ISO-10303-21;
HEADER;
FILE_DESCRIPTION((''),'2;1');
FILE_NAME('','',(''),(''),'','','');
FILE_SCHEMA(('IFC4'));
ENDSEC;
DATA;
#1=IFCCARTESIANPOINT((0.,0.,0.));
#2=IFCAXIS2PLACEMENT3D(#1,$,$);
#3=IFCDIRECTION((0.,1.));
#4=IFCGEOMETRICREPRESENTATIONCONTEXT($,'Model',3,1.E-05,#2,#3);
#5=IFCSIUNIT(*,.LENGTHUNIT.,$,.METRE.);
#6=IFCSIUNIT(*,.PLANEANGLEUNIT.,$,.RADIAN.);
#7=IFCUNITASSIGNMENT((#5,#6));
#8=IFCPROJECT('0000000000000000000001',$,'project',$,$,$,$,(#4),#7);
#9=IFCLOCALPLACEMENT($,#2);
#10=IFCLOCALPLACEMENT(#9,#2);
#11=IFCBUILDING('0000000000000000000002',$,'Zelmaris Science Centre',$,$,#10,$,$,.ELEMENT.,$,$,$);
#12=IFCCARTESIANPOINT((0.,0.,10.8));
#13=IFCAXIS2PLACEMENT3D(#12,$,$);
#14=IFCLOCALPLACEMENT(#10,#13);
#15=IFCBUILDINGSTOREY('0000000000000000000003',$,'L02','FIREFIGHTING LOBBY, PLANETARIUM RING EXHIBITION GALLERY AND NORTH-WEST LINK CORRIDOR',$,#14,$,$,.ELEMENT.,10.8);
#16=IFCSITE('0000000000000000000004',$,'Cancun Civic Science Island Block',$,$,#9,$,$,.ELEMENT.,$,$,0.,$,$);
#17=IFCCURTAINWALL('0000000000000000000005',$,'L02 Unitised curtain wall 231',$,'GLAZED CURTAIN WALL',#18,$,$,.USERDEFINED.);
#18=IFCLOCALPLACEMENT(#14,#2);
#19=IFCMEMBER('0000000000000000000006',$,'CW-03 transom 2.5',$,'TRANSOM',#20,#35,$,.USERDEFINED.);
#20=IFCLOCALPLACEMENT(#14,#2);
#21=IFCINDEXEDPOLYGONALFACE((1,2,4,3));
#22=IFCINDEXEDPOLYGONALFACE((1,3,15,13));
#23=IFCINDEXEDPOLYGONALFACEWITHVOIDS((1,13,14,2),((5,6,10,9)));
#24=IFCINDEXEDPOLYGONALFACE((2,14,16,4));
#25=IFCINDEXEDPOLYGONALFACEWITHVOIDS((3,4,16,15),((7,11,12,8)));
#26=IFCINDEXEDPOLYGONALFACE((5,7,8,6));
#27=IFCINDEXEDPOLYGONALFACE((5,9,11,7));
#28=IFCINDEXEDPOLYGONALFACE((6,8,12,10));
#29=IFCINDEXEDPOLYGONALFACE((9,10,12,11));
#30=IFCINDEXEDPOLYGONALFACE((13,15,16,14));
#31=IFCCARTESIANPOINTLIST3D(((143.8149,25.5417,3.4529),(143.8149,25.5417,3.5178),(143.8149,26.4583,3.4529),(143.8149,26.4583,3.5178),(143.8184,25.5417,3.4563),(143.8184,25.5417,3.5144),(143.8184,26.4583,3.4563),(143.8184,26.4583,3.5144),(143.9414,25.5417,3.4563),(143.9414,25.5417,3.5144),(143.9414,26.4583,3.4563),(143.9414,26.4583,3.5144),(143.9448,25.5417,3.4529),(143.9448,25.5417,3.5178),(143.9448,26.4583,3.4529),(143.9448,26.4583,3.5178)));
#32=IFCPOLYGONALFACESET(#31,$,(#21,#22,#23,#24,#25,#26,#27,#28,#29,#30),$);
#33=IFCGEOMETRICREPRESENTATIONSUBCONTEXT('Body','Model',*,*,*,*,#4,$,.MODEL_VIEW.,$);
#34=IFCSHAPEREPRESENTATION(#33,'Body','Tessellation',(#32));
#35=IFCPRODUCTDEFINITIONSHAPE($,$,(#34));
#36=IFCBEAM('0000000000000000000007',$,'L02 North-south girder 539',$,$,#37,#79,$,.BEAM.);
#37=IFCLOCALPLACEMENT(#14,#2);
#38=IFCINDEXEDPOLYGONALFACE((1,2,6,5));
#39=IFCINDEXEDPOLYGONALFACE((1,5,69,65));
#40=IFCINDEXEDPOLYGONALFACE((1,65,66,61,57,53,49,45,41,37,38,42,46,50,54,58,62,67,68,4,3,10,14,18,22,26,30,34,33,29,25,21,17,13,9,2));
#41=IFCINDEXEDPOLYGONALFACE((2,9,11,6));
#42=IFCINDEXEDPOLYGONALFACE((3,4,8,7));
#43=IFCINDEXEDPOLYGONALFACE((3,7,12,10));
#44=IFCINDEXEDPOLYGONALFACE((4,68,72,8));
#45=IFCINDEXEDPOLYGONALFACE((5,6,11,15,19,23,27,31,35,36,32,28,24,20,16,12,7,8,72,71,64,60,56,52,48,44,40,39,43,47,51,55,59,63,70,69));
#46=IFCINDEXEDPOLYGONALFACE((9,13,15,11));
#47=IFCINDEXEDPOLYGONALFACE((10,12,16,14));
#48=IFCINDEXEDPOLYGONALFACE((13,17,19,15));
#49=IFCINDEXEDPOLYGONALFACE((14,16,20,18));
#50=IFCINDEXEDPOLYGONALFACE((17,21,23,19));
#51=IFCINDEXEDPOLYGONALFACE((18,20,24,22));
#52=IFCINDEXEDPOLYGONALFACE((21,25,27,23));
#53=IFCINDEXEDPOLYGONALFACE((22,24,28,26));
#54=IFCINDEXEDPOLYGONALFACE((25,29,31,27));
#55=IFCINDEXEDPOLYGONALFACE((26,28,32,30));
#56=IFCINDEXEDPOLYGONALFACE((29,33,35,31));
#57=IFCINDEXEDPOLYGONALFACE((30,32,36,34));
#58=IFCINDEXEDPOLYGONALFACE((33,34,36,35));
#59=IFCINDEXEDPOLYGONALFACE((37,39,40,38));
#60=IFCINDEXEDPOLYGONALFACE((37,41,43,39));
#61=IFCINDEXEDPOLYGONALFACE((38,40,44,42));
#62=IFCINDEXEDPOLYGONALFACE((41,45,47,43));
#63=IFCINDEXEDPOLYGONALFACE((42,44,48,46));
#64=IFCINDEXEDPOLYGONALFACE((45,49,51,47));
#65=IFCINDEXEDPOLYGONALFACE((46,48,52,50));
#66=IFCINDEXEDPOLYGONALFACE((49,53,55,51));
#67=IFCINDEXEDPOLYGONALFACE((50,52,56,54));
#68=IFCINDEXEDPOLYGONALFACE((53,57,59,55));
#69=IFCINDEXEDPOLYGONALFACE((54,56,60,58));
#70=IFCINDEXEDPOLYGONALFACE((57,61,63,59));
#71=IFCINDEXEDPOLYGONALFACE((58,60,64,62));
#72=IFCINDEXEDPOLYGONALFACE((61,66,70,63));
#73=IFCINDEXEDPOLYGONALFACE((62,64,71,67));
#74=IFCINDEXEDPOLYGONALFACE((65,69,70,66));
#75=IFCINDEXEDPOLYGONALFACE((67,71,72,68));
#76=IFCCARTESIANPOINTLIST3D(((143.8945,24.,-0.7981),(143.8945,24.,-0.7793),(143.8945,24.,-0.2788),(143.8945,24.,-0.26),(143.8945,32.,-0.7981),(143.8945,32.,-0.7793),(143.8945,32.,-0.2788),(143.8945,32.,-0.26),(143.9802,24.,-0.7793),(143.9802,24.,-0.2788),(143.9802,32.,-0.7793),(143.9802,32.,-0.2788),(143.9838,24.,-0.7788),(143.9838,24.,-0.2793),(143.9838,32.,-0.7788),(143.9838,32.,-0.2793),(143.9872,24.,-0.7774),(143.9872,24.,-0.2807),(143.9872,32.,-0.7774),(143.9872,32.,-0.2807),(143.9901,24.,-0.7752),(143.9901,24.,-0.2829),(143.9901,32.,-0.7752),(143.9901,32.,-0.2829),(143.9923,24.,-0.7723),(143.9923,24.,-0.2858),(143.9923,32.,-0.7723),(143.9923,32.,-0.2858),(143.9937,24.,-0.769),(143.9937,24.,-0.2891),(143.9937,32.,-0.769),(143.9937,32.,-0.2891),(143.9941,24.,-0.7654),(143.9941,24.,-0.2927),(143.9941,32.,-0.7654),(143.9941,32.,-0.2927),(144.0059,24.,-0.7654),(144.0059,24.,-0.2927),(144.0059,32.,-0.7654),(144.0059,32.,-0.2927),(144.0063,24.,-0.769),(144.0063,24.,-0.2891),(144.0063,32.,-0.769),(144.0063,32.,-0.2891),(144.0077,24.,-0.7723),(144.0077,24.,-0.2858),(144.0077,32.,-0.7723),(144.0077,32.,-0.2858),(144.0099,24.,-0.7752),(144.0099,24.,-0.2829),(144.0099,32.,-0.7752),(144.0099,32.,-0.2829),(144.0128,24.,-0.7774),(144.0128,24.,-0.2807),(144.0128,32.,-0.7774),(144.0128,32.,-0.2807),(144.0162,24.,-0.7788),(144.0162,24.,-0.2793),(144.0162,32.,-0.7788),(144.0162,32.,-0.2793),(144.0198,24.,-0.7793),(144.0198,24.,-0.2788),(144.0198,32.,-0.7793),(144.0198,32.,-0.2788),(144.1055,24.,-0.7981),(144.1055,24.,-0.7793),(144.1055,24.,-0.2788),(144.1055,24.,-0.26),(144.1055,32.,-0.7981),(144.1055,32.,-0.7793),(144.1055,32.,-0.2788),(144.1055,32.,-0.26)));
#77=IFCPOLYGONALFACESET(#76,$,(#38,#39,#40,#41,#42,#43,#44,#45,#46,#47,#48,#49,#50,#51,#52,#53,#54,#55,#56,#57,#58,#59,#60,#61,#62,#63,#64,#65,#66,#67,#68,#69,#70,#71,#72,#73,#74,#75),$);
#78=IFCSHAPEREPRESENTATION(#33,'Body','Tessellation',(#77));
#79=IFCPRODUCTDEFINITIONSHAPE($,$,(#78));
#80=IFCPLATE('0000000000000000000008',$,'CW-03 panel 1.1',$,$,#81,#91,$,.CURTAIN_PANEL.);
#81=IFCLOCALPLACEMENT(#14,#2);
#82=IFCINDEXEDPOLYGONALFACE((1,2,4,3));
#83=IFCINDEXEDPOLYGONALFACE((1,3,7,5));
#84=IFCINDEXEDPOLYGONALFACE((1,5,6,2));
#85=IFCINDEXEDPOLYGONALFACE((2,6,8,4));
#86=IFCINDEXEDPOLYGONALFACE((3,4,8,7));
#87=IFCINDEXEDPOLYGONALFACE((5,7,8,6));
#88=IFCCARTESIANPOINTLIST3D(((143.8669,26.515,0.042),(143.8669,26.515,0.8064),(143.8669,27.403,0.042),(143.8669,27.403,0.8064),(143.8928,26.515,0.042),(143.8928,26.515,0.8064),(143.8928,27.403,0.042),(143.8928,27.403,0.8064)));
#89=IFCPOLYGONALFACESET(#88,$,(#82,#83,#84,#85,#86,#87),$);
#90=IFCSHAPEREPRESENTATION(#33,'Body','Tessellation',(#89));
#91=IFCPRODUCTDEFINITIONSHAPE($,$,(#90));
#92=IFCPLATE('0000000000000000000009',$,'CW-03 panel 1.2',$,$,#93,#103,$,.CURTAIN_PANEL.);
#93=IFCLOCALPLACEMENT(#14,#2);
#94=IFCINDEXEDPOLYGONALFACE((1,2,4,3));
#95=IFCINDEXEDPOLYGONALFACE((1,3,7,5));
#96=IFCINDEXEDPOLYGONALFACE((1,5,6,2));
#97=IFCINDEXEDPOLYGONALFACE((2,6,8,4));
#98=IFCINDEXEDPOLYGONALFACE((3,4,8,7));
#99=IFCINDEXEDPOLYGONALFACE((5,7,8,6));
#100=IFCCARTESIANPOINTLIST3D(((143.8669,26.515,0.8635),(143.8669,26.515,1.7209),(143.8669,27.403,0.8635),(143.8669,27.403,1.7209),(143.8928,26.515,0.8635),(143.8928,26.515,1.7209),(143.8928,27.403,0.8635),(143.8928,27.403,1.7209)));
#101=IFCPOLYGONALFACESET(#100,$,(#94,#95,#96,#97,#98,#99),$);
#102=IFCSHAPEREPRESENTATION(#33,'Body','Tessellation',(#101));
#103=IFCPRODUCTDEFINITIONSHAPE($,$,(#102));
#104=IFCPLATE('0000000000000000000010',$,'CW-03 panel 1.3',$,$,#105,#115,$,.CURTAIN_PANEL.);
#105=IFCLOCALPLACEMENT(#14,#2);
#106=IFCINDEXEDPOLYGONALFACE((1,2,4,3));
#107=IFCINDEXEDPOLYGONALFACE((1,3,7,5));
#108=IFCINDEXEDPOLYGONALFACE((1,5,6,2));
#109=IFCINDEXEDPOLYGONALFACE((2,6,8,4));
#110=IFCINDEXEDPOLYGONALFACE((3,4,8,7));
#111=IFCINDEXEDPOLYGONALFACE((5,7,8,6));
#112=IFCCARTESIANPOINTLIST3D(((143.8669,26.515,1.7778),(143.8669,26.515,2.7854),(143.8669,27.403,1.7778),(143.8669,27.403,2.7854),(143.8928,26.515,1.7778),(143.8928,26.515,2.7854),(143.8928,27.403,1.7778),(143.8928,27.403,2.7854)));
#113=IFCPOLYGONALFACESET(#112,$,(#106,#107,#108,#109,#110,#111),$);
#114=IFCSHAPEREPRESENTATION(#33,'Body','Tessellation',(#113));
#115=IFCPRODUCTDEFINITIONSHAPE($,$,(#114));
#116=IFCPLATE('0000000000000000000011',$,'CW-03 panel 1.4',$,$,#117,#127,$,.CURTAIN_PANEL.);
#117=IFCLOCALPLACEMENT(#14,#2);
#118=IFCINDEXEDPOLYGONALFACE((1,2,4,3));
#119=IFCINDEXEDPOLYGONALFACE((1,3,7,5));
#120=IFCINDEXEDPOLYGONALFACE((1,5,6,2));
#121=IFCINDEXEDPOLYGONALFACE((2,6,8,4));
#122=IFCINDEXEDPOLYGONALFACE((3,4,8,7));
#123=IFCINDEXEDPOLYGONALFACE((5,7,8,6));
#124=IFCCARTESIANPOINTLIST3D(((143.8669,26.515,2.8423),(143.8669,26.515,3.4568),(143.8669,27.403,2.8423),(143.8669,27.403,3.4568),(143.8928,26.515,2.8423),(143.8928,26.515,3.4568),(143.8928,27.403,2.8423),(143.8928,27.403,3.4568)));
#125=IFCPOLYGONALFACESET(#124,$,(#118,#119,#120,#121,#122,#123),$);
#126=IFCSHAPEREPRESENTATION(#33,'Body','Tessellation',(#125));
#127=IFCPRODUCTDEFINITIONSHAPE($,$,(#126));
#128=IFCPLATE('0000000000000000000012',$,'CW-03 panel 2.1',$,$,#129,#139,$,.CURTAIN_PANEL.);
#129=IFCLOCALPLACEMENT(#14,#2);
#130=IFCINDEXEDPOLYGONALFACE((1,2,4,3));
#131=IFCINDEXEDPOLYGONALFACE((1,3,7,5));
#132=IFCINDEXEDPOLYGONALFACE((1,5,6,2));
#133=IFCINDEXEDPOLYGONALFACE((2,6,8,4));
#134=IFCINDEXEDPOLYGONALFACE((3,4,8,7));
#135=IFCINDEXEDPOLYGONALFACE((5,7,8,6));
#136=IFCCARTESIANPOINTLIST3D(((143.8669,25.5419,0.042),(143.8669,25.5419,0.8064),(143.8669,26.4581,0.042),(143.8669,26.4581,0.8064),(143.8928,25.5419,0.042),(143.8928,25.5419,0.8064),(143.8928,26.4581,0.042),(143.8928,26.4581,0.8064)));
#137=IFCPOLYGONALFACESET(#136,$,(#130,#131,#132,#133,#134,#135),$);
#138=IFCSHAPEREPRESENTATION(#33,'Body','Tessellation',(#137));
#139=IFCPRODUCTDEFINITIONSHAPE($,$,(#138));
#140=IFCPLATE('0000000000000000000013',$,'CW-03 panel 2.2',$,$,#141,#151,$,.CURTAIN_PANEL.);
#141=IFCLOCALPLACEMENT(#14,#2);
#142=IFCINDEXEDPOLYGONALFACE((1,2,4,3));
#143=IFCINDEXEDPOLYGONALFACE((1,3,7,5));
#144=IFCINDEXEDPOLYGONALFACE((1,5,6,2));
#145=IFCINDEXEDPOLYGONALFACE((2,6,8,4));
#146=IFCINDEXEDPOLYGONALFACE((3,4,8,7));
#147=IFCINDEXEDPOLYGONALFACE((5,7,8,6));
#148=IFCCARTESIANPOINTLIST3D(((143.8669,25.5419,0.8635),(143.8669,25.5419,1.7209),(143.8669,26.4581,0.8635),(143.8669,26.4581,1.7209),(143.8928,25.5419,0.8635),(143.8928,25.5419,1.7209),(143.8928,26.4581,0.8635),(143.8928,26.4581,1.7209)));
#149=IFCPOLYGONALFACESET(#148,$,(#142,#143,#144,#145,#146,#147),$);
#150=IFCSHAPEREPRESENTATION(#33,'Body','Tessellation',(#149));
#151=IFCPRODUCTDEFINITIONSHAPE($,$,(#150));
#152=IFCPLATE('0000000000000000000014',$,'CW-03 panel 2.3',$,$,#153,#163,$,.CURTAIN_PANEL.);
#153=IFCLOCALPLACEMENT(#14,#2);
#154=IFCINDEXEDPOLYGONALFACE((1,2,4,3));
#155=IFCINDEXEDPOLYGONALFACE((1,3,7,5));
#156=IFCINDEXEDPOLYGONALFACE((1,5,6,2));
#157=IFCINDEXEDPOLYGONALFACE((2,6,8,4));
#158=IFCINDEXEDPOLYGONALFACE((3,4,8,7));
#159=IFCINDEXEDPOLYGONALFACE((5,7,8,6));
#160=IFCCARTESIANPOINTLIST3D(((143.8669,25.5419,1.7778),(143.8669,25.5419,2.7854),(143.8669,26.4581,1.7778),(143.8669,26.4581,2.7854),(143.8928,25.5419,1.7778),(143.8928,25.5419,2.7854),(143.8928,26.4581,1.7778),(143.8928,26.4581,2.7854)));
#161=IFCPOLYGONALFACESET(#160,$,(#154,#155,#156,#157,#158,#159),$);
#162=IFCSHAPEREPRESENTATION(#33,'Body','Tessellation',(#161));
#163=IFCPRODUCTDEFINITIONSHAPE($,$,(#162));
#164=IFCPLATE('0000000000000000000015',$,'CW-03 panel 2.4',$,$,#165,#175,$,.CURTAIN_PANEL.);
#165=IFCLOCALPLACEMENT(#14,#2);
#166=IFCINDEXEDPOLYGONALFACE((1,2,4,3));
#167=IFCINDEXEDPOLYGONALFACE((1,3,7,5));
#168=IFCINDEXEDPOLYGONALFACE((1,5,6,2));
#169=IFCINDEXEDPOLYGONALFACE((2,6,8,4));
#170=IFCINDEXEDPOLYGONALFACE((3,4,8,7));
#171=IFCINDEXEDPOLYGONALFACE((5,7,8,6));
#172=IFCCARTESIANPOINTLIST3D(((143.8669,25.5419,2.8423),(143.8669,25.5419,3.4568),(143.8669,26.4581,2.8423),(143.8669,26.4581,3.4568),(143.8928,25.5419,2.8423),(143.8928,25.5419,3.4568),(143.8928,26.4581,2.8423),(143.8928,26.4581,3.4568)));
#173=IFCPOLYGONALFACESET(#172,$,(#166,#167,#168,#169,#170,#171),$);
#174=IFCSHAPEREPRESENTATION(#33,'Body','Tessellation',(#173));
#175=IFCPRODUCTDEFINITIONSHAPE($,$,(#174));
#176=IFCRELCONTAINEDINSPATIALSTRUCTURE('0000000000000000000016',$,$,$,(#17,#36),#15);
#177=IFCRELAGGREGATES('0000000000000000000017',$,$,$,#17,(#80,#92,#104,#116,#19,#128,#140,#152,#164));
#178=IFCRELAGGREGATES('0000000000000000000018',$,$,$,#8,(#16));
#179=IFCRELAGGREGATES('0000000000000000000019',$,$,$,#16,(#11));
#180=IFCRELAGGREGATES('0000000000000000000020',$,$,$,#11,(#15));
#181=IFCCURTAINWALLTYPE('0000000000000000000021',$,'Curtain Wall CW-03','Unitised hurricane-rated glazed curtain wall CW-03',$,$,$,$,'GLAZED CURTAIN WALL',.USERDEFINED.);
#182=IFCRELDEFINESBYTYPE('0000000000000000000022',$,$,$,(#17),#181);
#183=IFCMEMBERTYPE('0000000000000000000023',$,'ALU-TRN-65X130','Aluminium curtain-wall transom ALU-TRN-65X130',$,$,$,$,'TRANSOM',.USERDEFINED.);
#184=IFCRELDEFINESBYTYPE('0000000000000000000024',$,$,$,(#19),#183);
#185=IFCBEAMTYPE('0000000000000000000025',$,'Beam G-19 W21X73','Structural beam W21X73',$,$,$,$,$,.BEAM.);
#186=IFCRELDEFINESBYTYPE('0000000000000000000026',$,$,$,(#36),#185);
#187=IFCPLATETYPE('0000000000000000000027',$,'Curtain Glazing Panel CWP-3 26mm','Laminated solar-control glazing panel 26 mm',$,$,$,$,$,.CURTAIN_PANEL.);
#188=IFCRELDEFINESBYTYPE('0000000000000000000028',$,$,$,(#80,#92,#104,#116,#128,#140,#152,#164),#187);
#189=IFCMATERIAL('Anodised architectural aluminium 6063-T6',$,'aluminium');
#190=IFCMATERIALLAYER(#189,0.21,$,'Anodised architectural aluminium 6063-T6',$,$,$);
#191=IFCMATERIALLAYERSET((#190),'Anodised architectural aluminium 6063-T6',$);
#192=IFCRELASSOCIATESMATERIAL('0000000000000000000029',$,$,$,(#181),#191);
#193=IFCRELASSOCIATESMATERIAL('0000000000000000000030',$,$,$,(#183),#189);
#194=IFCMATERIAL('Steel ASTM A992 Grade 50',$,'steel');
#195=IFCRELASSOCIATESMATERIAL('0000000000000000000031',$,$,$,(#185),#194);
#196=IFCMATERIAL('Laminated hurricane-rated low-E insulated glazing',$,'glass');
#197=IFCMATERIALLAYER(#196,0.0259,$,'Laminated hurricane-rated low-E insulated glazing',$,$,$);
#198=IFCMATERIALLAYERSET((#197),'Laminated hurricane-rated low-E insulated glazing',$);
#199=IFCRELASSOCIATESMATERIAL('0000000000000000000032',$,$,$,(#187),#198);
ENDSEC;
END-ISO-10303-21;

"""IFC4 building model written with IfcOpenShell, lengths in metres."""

from ifc_helpers import new_model, si_unit, direction, frame, origin, origin_2d, place, context, subcontext, project, spatial, rectangle, hollow_rectangle, i_section, extrude, material, layer, layer_set, material_profile, profile_set, type_object, element, aggregate, save


model = new_model("IFC4")

# Units and contexts
model_context = context("Model", 3, precision=1e-05, world=origin(), true_north=direction((0.0, 1.0)))
body_context = subcontext(model_context, "Body", "Model", "MODEL_VIEW")
ifc_project = project(units=[si_unit("LENGTHUNIT", "METRE"), si_unit("PLANEANGLEUNIT", "RADIAN")], contexts=[model_context])

# Site, building, storey
site_placement = place(None, origin())
site = spatial("IfcSite", under=ifc_project, at=site_placement, Name="Cancun Civic Science Island Block", CompositionType="ELEMENT", RefElevation=0.0)
building_placement = place(site_placement, origin())
building = spatial("IfcBuilding", under=site, at=building_placement, Name="Zelmaris Science Centre", CompositionType="ELEMENT")
storey_placement = place(building_placement, frame((0.0, 0.0, 10.8)))
storey = spatial("IfcBuildingStorey", under=building, at=storey_placement, Name="L02", Description="FIREFIGHTING LOBBY, PLANETARIUM RING EXHIBITION GALLERY AND NORTH-WEST LINK CORRIDOR", CompositionType="ELEMENT", Elevation=10.8)

# Shared definitions
ifc_material_1 = material(Name="Steel ASTM A992 Grade 50", Category="steel")

# Curtain wall, member
ifc_material_2 = material(Name="Anodised architectural aluminium 6063-T6", Category="aluminium")
ifc_layer_1 = layer(ifc_material_2, 0.21, Name="Anodised architectural aluminium 6063-T6")
ifc_layer_set_1 = layer_set([ifc_layer_1], Name="Anodised architectural aluminium 6063-T6")
curtain_wall_type = type_object("IfcCurtainWallType", Name="Curtain Wall CW-03", Description="Unitised hurricane-rated glazed curtain wall CW-03", ElementType="GLAZED CURTAIN WALL", PredefinedType="USERDEFINED", material=ifc_layer_set_1)
curtain_wall_placement = place(storey_placement, origin())
curtain_wall = element("IfcCurtainWall", 1, at=curtain_wall_placement, inside=storey, type_object=curtain_wall_type, Name="L02 Unitised curtain wall 231", ObjectType="GLAZED CURTAIN WALL", PredefinedType="USERDEFINED")
ifc_material_profile_1 = material_profile(ifc_material_2, hollow_rectangle(XDim=0.0649, YDim=0.1299, WallThickness=0.0034, at=origin_2d()), Name="ALU-TRN-65X130")
ifc_profile_set_1 = profile_set([ifc_material_profile_1], Name="Anodised architectural aluminium 6063-T6")
member_type_1 = type_object("IfcMemberType", Name="ALU-TRN-65X130", Description="Aluminium curtain-wall transom ALU-TRN-65X130", ElementType="TRANSOM", PredefinedType="USERDEFINED", material=ifc_profile_set_1)
member_1_placement = place(storey_placement, frame((143.8799, 26.4583, 3.4854), z_axis=(0.0, -1.0, 0.0), x_axis=(0.0, 0.0, 1.0)))
member_1 = element("IfcMember", 2, at=member_1_placement, type_object=member_type_1, Name="CW-03 transom 2.5", ObjectType="TRANSOM", PredefinedType="USERDEFINED", context=body_context, shape_type="SweptSolid", body=[
    extrude(hollow_rectangle(XDim=0.0649, YDim=0.1299, WallThickness=0.0034, at=origin_2d()), origin(), (0.0, 0.0, 1.0), 0.9165),
])

# Beam
ifc_material_profile_2 = material_profile(ifc_material_1, i_section(OverallWidth=0.2109, OverallDepth=0.5381, WebThickness=0.0117, FlangeThickness=0.0188, FilletRadius=0.0139, at=origin_2d()), Name="W21X73")
ifc_profile_set_2 = profile_set([ifc_material_profile_2], Name="Steel ASTM A992 Grade 50")
beam_type = type_object("IfcBeamType", Name="Beam G-19 W21X73", Description="Structural beam W21X73", PredefinedType="BEAM", material=ifc_profile_set_2)
beam_placement = place(storey_placement, frame((144.0, 24.0, -0.5291), z_axis=(0.0, 1.0, 0.0), x_axis=(-1.0, 0.0, 0.0)))
element("IfcBeam", 3, at=beam_placement, inside=storey, type_object=beam_type, Name="L02 North-south girder 539", PredefinedType="BEAM", context=body_context, shape_type="SweptSolid", body=[
    extrude(i_section(OverallWidth=0.2109, OverallDepth=0.5381, WebThickness=0.0117, FlangeThickness=0.0188, FilletRadius=0.0139, at=origin_2d()), origin(), (0.0, 0.0, 1.0), 8.0),
])

# Plates
ifc_material_3 = material(Name="Laminated hurricane-rated low-E insulated glazing", Category="glass")
ifc_layer_2 = layer(ifc_material_3, 0.0259, Name="Laminated hurricane-rated low-E insulated glazing")
ifc_layer_set_2 = layer_set([ifc_layer_2], Name="Laminated hurricane-rated low-E insulated glazing")
plate_type = type_object("IfcPlateType", Name="Curtain Glazing Panel CWP-3 26mm", Description="Laminated solar-control glazing panel 26 mm", PredefinedType="CURTAIN_PANEL", material=ifc_layer_set_2)
plate_1_placement = place(storey_placement, frame((143.8799, 26.959, 0.042), z_axis=(0.0, 0.0, 1.0), x_axis=(0.0, -1.0, 0.0)))
plate_1 = element("IfcPlate", 4, at=plate_1_placement, type_object=plate_type, Name="CW-03 panel 1.1", PredefinedType="CURTAIN_PANEL", context=body_context, shape_type="SweptSolid", body=[
    extrude(rectangle(XDim=0.8879, YDim=0.0259, at=origin_2d()), origin(), (0.0, 0.0, 1.0), 0.7644),
])
plate_2_placement = place(storey_placement, frame((143.8799, 26.959, 0.8635), z_axis=(0.0, 0.0, 1.0), x_axis=(0.0, -1.0, 0.0)))
plate_2 = element("IfcPlate", 5, at=plate_2_placement, type_object=plate_type, Name="CW-03 panel 1.2", PredefinedType="CURTAIN_PANEL", context=body_context, shape_type="SweptSolid", body=[
    extrude(rectangle(XDim=0.8879, YDim=0.0259, at=origin_2d()), origin(), (0.0, 0.0, 1.0), 0.8574),
])
plate_3_placement = place(storey_placement, frame((143.8799, 26.959, 1.7778), z_axis=(0.0, 0.0, 1.0), x_axis=(0.0, -1.0, 0.0)))
plate_3 = element("IfcPlate", 6, at=plate_3_placement, type_object=plate_type, Name="CW-03 panel 1.3", PredefinedType="CURTAIN_PANEL", context=body_context, shape_type="SweptSolid", body=[
    extrude(rectangle(XDim=0.8879, YDim=0.0259, at=origin_2d()), origin(), (0.0, 0.0, 1.0), 1.0076),
])
plate_4_placement = place(storey_placement, frame((143.8799, 26.959, 2.8423), z_axis=(0.0, 0.0, 1.0), x_axis=(0.0, -1.0, 0.0)))
plate_4 = element("IfcPlate", 7, at=plate_4_placement, type_object=plate_type, Name="CW-03 panel 1.4", PredefinedType="CURTAIN_PANEL", context=body_context, shape_type="SweptSolid", body=[
    extrude(rectangle(XDim=0.8879, YDim=0.0259, at=origin_2d()), origin(), (0.0, 0.0, 1.0), 0.6145),
])
plate_5_placement = place(storey_placement, frame((143.8799, 26.0, 0.042), z_axis=(0.0, 0.0, 1.0), x_axis=(0.0, -1.0, 0.0)))
plate_5 = element("IfcPlate", 8, at=plate_5_placement, type_object=plate_type, Name="CW-03 panel 2.1", PredefinedType="CURTAIN_PANEL", context=body_context, shape_type="SweptSolid", body=[
    extrude(rectangle(XDim=0.9163, YDim=0.0259, at=origin_2d()), origin(), (0.0, 0.0, 1.0), 0.7644),
])
plate_6_placement = place(storey_placement, frame((143.8799, 26.0, 0.8635), z_axis=(0.0, 0.0, 1.0), x_axis=(0.0, -1.0, 0.0)))
plate_6 = element("IfcPlate", 9, at=plate_6_placement, type_object=plate_type, Name="CW-03 panel 2.2", PredefinedType="CURTAIN_PANEL", context=body_context, shape_type="SweptSolid", body=[
    extrude(rectangle(XDim=0.9163, YDim=0.0259, at=origin_2d()), origin(), (0.0, 0.0, 1.0), 0.8574),
])
plate_7_placement = place(storey_placement, frame((143.8799, 26.0, 1.7778), z_axis=(0.0, 0.0, 1.0), x_axis=(0.0, -1.0, 0.0)))
plate_7 = element("IfcPlate", 10, at=plate_7_placement, type_object=plate_type, Name="CW-03 panel 2.3", PredefinedType="CURTAIN_PANEL", context=body_context, shape_type="SweptSolid", body=[
    extrude(rectangle(XDim=0.9163, YDim=0.0259, at=origin_2d()), origin(), (0.0, 0.0, 1.0), 1.0076),
])
plate_8_placement = place(storey_placement, frame((143.8799, 26.0, 2.8423), z_axis=(0.0, 0.0, 1.0), x_axis=(0.0, -1.0, 0.0)))
plate_8 = element("IfcPlate", 11, at=plate_8_placement, type_object=plate_type, Name="CW-03 panel 2.4", PredefinedType="CURTAIN_PANEL", context=body_context, shape_type="SweptSolid", body=[
    extrude(rectangle(XDim=0.9163, YDim=0.0259, at=origin_2d()), origin(), (0.0, 0.0, 1.0), 0.6145),
])
aggregate(curtain_wall, [plate_1, plate_2, plate_3, plate_4, member_1, plate_5, plate_6, plate_7, plate_8])

save(model, "model.ifc")
